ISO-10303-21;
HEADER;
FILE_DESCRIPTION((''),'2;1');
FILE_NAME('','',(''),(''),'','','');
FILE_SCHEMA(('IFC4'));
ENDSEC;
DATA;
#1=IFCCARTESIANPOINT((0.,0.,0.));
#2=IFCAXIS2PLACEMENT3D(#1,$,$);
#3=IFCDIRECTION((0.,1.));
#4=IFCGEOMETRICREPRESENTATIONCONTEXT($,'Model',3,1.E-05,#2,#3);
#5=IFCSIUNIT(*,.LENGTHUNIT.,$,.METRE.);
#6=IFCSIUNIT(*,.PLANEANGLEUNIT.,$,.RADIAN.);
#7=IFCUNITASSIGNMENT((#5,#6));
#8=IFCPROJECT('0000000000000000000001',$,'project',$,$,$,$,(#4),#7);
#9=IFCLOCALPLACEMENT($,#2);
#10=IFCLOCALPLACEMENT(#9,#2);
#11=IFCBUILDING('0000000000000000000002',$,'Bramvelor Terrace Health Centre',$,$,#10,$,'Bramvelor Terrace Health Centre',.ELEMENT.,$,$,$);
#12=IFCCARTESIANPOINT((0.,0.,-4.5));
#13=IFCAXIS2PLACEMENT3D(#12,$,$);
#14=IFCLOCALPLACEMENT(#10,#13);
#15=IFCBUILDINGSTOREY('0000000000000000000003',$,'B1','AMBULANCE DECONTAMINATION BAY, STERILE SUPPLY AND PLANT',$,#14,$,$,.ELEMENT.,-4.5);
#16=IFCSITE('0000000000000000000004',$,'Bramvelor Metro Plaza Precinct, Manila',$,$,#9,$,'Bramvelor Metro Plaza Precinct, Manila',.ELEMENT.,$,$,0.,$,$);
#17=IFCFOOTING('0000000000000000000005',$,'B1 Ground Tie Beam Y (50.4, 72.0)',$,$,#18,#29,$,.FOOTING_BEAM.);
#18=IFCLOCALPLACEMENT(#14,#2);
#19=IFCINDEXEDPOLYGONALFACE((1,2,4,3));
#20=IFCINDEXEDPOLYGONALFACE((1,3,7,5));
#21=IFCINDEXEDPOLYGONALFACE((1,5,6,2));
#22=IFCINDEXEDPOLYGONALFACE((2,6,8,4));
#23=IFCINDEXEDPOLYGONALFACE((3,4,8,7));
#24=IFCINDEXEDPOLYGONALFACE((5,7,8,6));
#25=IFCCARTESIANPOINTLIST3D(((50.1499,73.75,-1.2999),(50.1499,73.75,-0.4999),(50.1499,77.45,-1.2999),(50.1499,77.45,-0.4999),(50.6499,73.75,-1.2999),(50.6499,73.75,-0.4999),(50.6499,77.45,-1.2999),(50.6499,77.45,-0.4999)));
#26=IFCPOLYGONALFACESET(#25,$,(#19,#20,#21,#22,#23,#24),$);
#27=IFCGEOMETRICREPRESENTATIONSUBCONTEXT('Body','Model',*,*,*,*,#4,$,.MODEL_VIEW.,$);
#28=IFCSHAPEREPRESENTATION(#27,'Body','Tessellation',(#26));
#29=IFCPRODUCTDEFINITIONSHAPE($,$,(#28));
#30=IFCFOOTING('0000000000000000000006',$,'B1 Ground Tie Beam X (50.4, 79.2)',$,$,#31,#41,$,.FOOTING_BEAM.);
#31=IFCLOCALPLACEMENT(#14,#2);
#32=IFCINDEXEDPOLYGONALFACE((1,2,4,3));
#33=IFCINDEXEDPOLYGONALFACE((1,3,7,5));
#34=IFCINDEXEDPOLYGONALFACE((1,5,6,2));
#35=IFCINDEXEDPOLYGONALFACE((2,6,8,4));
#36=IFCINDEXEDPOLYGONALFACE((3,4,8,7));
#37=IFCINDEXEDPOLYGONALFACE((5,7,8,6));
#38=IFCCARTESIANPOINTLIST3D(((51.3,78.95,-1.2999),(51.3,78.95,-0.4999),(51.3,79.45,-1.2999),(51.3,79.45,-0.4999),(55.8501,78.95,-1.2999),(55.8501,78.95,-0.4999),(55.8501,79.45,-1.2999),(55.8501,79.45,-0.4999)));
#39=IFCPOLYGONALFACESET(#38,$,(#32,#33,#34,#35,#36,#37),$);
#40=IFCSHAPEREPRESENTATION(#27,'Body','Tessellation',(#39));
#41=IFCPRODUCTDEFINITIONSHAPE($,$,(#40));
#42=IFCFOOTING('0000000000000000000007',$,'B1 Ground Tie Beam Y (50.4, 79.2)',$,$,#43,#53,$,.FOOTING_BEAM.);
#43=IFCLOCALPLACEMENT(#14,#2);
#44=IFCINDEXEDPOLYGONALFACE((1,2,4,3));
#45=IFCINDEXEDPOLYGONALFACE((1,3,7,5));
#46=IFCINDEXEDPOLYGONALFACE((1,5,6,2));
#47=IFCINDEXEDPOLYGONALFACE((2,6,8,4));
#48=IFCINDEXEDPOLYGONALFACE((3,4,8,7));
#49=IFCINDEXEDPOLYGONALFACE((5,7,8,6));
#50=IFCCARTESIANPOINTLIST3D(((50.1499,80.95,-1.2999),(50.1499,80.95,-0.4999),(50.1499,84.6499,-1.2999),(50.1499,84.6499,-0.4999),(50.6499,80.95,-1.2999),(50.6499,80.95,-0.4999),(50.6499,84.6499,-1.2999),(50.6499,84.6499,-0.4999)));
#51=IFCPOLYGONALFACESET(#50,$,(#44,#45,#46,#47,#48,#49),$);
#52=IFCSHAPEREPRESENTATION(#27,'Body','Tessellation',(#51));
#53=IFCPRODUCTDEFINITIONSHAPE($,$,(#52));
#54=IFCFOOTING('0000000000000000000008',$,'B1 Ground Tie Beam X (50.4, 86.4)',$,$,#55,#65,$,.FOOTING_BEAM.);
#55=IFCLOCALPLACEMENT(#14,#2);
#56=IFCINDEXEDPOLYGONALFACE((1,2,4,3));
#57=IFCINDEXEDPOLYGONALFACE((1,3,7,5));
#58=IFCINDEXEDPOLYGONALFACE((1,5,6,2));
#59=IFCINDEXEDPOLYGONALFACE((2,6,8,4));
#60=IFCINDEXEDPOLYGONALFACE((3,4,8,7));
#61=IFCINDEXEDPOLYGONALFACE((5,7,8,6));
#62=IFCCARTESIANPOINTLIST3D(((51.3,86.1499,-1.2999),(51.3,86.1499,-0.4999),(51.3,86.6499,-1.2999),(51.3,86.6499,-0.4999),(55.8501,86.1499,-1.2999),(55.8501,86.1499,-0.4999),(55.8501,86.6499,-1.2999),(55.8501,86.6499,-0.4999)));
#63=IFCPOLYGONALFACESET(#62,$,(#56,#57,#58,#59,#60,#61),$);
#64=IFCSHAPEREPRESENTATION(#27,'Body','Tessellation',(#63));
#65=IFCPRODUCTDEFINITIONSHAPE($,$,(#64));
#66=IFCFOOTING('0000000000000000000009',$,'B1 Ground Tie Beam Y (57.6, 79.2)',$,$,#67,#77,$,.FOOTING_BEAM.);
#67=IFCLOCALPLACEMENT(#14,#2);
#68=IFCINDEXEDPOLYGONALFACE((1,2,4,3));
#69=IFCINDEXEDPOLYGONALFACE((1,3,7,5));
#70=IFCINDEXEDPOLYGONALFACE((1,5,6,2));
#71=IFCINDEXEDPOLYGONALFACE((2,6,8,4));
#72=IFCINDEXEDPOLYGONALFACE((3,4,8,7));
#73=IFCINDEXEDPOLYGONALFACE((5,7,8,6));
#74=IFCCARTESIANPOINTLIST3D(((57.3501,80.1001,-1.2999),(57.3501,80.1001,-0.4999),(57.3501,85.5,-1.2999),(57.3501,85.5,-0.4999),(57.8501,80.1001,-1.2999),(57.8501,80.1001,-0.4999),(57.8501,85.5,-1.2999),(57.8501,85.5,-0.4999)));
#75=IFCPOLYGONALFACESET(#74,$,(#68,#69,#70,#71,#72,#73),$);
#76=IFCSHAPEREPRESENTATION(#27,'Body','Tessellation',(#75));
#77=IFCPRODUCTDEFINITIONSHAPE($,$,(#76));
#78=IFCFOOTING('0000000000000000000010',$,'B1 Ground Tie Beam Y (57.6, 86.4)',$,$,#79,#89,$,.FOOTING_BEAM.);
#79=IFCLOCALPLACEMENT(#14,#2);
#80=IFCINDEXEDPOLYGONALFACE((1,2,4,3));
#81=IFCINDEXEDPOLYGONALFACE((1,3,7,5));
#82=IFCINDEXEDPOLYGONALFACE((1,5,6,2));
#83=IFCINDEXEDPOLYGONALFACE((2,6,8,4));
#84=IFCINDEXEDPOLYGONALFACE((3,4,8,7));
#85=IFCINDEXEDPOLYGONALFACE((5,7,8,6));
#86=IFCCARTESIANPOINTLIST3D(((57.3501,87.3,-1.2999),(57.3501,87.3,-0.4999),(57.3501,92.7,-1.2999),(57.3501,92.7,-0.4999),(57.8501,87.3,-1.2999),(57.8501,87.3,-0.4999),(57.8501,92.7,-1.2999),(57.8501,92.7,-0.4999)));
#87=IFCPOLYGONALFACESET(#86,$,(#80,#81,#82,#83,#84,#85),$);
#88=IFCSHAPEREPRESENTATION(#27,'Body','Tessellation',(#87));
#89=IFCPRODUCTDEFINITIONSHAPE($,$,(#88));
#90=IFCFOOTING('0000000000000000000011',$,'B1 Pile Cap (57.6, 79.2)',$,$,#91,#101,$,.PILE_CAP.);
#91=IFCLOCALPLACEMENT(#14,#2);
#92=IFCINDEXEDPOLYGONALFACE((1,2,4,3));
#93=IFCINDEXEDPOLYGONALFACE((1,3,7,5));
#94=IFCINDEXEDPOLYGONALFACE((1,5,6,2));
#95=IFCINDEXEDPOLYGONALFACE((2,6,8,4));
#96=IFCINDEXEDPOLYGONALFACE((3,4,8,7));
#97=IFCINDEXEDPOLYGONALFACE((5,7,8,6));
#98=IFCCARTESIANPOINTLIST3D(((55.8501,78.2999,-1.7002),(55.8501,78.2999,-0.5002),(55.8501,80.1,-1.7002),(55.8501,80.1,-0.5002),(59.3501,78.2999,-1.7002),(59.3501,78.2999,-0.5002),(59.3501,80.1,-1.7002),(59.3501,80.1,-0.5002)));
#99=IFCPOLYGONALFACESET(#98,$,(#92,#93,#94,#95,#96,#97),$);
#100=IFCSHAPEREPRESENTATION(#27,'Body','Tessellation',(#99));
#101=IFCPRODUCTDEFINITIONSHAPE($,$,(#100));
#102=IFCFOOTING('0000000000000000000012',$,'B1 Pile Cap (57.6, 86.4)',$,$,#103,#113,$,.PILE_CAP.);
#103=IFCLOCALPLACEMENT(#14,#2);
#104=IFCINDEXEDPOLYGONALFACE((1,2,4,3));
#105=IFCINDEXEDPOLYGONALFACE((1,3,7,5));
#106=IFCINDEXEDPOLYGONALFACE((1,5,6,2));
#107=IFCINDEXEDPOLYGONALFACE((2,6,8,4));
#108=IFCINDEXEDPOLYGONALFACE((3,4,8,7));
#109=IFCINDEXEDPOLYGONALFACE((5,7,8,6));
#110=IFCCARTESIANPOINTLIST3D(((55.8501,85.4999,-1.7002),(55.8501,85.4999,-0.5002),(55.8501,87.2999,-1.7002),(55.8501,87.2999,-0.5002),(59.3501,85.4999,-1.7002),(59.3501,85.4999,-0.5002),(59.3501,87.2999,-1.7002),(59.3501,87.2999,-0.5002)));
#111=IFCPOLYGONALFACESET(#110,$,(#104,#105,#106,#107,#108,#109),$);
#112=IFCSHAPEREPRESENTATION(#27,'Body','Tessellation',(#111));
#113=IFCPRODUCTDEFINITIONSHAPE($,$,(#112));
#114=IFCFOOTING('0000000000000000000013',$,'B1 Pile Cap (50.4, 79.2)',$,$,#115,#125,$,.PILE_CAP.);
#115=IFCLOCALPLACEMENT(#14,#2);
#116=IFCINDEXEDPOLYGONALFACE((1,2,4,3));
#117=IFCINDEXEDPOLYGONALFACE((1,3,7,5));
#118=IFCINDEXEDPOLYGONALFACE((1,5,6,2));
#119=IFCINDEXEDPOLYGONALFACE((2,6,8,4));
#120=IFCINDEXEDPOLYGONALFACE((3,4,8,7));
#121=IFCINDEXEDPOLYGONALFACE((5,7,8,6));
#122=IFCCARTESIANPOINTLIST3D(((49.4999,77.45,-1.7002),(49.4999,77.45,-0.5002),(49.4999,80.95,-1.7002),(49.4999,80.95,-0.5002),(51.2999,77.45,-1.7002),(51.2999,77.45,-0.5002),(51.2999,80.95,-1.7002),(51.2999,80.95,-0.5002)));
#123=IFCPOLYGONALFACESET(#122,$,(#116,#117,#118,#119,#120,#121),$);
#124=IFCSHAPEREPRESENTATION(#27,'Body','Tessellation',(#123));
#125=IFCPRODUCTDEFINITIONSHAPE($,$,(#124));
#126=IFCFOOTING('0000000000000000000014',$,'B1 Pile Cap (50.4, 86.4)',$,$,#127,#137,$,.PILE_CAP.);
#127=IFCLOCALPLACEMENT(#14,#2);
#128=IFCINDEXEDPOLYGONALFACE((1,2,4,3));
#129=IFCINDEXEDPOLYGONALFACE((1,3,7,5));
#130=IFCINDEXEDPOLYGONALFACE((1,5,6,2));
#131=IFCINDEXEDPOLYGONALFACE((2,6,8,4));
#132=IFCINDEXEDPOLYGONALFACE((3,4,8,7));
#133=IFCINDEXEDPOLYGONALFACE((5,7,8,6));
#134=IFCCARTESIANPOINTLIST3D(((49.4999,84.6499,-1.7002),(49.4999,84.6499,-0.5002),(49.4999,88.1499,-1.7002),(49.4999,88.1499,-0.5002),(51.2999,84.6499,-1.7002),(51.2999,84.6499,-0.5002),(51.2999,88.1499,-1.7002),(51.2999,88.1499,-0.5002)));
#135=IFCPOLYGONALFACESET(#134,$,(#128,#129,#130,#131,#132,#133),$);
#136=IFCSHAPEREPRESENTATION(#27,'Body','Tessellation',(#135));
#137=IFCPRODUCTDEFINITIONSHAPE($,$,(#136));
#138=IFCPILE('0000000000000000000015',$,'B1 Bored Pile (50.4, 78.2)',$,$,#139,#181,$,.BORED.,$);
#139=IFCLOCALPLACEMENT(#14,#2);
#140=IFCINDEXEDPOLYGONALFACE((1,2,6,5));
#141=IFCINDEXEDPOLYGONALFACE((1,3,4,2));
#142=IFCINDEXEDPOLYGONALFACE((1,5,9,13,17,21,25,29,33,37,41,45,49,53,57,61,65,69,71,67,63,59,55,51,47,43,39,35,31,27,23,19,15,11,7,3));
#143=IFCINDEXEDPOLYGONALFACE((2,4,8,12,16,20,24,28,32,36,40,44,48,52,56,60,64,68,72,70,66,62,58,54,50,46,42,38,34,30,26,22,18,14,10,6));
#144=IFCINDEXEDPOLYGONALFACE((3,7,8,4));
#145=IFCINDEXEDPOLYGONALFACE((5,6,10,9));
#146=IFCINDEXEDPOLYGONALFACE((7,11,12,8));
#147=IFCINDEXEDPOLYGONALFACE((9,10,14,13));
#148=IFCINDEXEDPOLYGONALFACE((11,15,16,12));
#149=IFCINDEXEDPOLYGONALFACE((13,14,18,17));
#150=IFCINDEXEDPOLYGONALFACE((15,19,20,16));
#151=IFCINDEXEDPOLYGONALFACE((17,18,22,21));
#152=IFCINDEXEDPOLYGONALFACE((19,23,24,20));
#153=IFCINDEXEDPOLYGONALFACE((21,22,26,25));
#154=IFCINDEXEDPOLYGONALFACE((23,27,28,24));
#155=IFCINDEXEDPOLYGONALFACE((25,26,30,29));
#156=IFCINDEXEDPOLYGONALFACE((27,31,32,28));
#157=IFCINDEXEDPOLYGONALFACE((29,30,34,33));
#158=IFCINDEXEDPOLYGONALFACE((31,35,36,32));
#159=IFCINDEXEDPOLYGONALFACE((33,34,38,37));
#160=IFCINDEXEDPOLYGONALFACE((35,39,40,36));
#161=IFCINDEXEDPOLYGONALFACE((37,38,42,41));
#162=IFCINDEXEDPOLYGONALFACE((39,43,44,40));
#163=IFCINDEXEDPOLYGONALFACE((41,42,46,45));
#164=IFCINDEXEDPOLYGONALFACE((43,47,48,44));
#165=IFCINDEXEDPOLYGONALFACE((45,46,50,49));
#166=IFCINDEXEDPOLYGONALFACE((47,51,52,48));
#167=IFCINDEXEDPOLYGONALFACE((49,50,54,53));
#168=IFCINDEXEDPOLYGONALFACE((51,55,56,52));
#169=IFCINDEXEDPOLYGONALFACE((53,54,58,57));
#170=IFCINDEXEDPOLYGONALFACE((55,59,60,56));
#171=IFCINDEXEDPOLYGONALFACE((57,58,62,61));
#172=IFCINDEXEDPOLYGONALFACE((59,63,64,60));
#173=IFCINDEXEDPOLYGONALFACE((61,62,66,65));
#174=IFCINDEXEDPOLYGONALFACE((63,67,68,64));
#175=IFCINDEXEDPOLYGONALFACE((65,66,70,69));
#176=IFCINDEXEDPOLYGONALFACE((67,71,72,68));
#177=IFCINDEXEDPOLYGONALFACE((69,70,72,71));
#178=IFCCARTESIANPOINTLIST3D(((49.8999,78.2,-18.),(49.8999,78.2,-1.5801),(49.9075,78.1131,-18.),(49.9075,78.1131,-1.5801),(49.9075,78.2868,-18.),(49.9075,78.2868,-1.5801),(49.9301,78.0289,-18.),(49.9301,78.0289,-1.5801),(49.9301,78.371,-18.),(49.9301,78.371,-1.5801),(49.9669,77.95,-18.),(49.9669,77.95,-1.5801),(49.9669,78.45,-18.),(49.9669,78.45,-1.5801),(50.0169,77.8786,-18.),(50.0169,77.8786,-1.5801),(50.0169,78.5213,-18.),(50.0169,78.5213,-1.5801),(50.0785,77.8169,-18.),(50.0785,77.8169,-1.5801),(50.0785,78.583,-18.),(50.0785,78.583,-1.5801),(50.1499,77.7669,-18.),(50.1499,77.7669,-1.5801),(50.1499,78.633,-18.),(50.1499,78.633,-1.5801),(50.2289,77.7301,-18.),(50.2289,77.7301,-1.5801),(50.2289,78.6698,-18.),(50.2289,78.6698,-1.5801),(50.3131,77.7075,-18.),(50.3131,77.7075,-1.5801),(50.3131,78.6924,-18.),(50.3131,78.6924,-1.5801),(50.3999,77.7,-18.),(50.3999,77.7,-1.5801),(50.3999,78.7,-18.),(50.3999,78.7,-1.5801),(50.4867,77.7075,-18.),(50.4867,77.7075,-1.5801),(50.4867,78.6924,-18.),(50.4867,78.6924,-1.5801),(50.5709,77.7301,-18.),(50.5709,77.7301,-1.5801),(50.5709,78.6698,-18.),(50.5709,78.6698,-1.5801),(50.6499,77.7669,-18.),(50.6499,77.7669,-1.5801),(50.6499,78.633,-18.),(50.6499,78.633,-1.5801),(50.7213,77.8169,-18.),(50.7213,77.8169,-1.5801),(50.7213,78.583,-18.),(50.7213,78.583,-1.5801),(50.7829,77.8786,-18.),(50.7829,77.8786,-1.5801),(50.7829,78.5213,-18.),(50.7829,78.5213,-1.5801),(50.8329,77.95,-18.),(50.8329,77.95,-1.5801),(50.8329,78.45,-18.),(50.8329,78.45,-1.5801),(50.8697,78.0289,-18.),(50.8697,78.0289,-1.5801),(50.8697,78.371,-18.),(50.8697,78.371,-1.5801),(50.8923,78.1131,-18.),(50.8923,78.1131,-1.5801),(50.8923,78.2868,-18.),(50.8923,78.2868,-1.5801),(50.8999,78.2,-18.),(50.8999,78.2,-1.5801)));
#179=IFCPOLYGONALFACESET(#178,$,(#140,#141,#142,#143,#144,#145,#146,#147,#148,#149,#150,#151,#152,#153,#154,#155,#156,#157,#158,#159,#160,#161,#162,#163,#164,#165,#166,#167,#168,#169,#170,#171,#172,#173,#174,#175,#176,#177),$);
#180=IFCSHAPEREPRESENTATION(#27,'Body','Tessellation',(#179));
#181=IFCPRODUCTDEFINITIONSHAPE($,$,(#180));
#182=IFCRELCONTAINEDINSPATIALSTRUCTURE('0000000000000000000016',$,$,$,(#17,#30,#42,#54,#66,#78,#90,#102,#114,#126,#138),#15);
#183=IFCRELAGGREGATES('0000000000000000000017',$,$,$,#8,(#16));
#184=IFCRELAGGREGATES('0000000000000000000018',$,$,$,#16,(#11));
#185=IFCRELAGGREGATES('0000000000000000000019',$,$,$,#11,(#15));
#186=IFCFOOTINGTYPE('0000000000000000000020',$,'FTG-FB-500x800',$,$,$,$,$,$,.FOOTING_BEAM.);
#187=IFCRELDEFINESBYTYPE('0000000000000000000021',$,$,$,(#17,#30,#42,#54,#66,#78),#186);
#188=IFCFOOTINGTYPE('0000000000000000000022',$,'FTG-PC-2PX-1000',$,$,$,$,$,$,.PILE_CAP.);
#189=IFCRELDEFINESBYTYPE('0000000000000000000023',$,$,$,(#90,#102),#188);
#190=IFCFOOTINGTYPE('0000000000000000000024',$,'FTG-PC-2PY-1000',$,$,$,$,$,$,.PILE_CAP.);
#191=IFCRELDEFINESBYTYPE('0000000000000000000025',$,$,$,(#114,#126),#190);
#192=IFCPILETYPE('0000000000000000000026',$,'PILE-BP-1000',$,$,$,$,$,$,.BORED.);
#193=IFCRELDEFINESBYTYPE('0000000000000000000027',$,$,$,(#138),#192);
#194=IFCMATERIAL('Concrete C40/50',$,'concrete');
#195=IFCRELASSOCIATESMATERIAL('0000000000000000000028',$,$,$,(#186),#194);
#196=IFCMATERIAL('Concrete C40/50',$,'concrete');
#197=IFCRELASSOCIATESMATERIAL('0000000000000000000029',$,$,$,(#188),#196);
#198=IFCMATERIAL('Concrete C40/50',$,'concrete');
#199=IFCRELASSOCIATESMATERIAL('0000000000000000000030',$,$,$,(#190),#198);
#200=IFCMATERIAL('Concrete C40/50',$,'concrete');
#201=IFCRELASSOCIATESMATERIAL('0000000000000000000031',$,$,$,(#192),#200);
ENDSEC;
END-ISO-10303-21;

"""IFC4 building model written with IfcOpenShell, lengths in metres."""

from ifc_helpers import new_model, si_unit, direction, frame, origin, origin_2d, place, context, subcontext, project, spatial, rectangle, circle, extrude, material, material_profile, profile_set, type_object, element, save


model = new_model("IFC4")

# Units and contexts
model_context = context("Model", 3, precision=1e-05, world=origin(), true_north=direction((0.0, 1.0)))
body_context = subcontext(model_context, "Body", "Model", "MODEL_VIEW")
ifc_project = project(units=[si_unit("LENGTHUNIT", "METRE"), si_unit("PLANEANGLEUNIT", "RADIAN")], contexts=[model_context])

# Site, building, storey
site_placement = place(None, origin())
site = spatial("IfcSite", under=ifc_project, at=site_placement, Name="Bramvelor Metro Plaza Precinct, Manila", LongName="Bramvelor Metro Plaza Precinct, Manila", CompositionType="ELEMENT", RefElevation=0.0)
building_placement = place(site_placement, origin())
building = spatial("IfcBuilding", under=site, at=building_placement, Name="Bramvelor Terrace Health Centre", LongName="Bramvelor Terrace Health Centre", CompositionType="ELEMENT")
storey_placement = place(building_placement, frame((0.0, 0.0, -4.5)))
storey = spatial("IfcBuildingStorey", under=building, at=storey_placement, Name="B1", Description="AMBULANCE DECONTAMINATION BAY, STERILE SUPPLY AND PLANT", CompositionType="ELEMENT", Elevation=-4.5)

# Footings
ifc_material_1 = material(Name="Concrete C40/50", Category="concrete")
ifc_material_profile_1 = material_profile(ifc_material_1, rectangle(XDim=0.5, YDim=0.8, at=origin_2d()), Name="RC 500x800")
ifc_profile_set_1 = profile_set([ifc_material_profile_1], Name="Concrete C40/50")
footing_type_1 = type_object("IfcFootingType", Name="FTG-FB-500x800", PredefinedType="FOOTING_BEAM", material=ifc_profile_set_1)
footing_1_placement = place(storey_placement, frame((50.3999, 73.75, -0.8999), z_axis=(0.0, 1.0, 0.0), x_axis=(-1.0, 0.0, 0.0)))
element("IfcFooting", 1, at=footing_1_placement, inside=storey, type_object=footing_type_1, Name="B1 Ground Tie Beam Y (50.4, 72.0)", PredefinedType="FOOTING_BEAM", context=body_context, shape_type="SweptSolid", body=[
    extrude(rectangle(XDim=0.5, YDim=0.8, at=origin_2d()), origin(), (0.0, 0.0, 1.0), 3.7),
])
footing_2_placement = place(storey_placement, frame((51.3, 79.2, -0.8999), z_axis=(1.0, 0.0, 0.0), x_axis=(0.0, 1.0, 0.0)))
element("IfcFooting", 2, at=footing_2_placement, inside=storey, type_object=footing_type_1, Name="B1 Ground Tie Beam X (50.4, 79.2)", PredefinedType="FOOTING_BEAM", context=body_context, shape_type="SweptSolid", body=[
    extrude(rectangle(XDim=0.5, YDim=0.8, at=origin_2d()), origin(), (0.0, 0.0, 1.0), 4.55),
])
footing_3_placement = place(storey_placement, frame((50.3999, 80.95, -0.8999), z_axis=(0.0, 1.0, 0.0), x_axis=(-1.0, 0.0, 0.0)))
element("IfcFooting", 3, at=footing_3_placement, inside=storey, type_object=footing_type_1, Name="B1 Ground Tie Beam Y (50.4, 79.2)", PredefinedType="FOOTING_BEAM", context=body_context, shape_type="SweptSolid", body=[
    extrude(rectangle(XDim=0.5, YDim=0.8, at=origin_2d()), origin(), (0.0, 0.0, 1.0), 3.7),
])
footing_4_placement = place(storey_placement, frame((51.3, 86.3999, -0.8999), z_axis=(1.0, 0.0, 0.0), x_axis=(0.0, 1.0, 0.0)))
element("IfcFooting", 4, at=footing_4_placement, inside=storey, type_object=footing_type_1, Name="B1 Ground Tie Beam X (50.4, 86.4)", PredefinedType="FOOTING_BEAM", context=body_context, shape_type="SweptSolid", body=[
    extrude(rectangle(XDim=0.5, YDim=0.8, at=origin_2d()), origin(), (0.0, 0.0, 1.0), 4.55),
])
for number, where, z_axis, x_axis, name in (
    (5, (57.6001, 80.1001, -0.8999), (0.0, 1.0, 0.0), (-1.0, 0.0, 0.0), "B1 Ground Tie Beam Y (57.6, 79.2)"),
    (6, (57.6001, 87.3, -0.8999), (0.0, 1.0, 0.0), (-1.0, 0.0, 0.0), "B1 Ground Tie Beam Y (57.6, 86.4)"),
):
    element("IfcFooting", number, at=place(storey_placement, frame(where, z_axis=z_axis, x_axis=x_axis)), inside=storey, type_object=footing_type_1, Name=name, PredefinedType="FOOTING_BEAM", context=body_context, shape_type="SweptSolid", body=[
        extrude(rectangle(XDim=0.5, YDim=0.8, at=origin_2d()), origin(), (0.0, 0.0, 1.0), 5.3999),
    ])
ifc_material_2 = material(Name="Concrete C40/50", Category="concrete")
footing_type_2 = type_object("IfcFootingType", Name="FTG-PC-2PX-1000", PredefinedType="PILE_CAP", material=ifc_material_2)
for number, where, z_axis, x_axis, name in (
    (7, (57.6001, 79.2, -1.7002), (0.0, 0.0, 1.0), (1.0, 0.0, 0.0), "B1 Pile Cap (57.6, 79.2)"),
    (8, (57.6001, 86.3999, -1.7002), (0.0, 0.0, 1.0), (1.0, 0.0, 0.0), "B1 Pile Cap (57.6, 86.4)"),
):
    element("IfcFooting", number, at=place(storey_placement, frame(where, z_axis=z_axis, x_axis=x_axis)), inside=storey, type_object=footing_type_2, Name=name, PredefinedType="PILE_CAP", context=body_context, shape_type="SweptSolid", body=[
        extrude(rectangle(XDim=3.5, YDim=1.8, at=origin_2d()), origin(), (0.0, 0.0, 1.0), 1.2),
    ])
ifc_material_3 = material(Name="Concrete C40/50", Category="concrete")
footing_type_3 = type_object("IfcFootingType", Name="FTG-PC-2PY-1000", PredefinedType="PILE_CAP", material=ifc_material_3)
for number, where, z_axis, x_axis, name in (
    (9, (50.3999, 79.2, -1.7002), (0.0, 0.0, 1.0), (1.0, 0.0, 0.0), "B1 Pile Cap (50.4, 79.2)"),
    (10, (50.3999, 86.3999, -1.7002), (0.0, 0.0, 1.0), (1.0, 0.0, 0.0), "B1 Pile Cap (50.4, 86.4)"),
):
    element("IfcFooting", number, at=place(storey_placement, frame(where, z_axis=z_axis, x_axis=x_axis)), inside=storey, type_object=footing_type_3, Name=name, PredefinedType="PILE_CAP", context=body_context, shape_type="SweptSolid", body=[
        extrude(rectangle(XDim=1.8, YDim=3.5, at=origin_2d()), origin(), (0.0, 0.0, 1.0), 1.2),
    ])

# Pile
ifc_material_4 = material(Name="Concrete C40/50", Category="concrete")
ifc_material_profile_2 = material_profile(ifc_material_4, circle(Radius=0.5, at=origin_2d()), Name="BP D1000")
ifc_profile_set_2 = profile_set([ifc_material_profile_2], Name="Concrete C40/50")
pile_type = type_object("IfcPileType", Name="PILE-BP-1000", PredefinedType="BORED", material=ifc_profile_set_2)
for number, where, z_axis, x_axis, name in (
    (11, (50.3999, 78.2, -1.5801), (0.0, 0.0, -1.0), (1.0, 0.0, 0.0), "B1 Bored Pile (50.4, 78.2)"),
):
    element("IfcPile", number, at=place(storey_placement, frame(where, z_axis=z_axis, x_axis=x_axis)), inside=storey, type_object=pile_type, Name=name, PredefinedType="BORED", context=body_context, shape_type="SweptSolid", body=[
        extrude(circle(Radius=0.5, at=origin_2d()), origin(), (0.0, 0.0, 1.0), 16.4199),
    ])

save(model, "model.ifc")
